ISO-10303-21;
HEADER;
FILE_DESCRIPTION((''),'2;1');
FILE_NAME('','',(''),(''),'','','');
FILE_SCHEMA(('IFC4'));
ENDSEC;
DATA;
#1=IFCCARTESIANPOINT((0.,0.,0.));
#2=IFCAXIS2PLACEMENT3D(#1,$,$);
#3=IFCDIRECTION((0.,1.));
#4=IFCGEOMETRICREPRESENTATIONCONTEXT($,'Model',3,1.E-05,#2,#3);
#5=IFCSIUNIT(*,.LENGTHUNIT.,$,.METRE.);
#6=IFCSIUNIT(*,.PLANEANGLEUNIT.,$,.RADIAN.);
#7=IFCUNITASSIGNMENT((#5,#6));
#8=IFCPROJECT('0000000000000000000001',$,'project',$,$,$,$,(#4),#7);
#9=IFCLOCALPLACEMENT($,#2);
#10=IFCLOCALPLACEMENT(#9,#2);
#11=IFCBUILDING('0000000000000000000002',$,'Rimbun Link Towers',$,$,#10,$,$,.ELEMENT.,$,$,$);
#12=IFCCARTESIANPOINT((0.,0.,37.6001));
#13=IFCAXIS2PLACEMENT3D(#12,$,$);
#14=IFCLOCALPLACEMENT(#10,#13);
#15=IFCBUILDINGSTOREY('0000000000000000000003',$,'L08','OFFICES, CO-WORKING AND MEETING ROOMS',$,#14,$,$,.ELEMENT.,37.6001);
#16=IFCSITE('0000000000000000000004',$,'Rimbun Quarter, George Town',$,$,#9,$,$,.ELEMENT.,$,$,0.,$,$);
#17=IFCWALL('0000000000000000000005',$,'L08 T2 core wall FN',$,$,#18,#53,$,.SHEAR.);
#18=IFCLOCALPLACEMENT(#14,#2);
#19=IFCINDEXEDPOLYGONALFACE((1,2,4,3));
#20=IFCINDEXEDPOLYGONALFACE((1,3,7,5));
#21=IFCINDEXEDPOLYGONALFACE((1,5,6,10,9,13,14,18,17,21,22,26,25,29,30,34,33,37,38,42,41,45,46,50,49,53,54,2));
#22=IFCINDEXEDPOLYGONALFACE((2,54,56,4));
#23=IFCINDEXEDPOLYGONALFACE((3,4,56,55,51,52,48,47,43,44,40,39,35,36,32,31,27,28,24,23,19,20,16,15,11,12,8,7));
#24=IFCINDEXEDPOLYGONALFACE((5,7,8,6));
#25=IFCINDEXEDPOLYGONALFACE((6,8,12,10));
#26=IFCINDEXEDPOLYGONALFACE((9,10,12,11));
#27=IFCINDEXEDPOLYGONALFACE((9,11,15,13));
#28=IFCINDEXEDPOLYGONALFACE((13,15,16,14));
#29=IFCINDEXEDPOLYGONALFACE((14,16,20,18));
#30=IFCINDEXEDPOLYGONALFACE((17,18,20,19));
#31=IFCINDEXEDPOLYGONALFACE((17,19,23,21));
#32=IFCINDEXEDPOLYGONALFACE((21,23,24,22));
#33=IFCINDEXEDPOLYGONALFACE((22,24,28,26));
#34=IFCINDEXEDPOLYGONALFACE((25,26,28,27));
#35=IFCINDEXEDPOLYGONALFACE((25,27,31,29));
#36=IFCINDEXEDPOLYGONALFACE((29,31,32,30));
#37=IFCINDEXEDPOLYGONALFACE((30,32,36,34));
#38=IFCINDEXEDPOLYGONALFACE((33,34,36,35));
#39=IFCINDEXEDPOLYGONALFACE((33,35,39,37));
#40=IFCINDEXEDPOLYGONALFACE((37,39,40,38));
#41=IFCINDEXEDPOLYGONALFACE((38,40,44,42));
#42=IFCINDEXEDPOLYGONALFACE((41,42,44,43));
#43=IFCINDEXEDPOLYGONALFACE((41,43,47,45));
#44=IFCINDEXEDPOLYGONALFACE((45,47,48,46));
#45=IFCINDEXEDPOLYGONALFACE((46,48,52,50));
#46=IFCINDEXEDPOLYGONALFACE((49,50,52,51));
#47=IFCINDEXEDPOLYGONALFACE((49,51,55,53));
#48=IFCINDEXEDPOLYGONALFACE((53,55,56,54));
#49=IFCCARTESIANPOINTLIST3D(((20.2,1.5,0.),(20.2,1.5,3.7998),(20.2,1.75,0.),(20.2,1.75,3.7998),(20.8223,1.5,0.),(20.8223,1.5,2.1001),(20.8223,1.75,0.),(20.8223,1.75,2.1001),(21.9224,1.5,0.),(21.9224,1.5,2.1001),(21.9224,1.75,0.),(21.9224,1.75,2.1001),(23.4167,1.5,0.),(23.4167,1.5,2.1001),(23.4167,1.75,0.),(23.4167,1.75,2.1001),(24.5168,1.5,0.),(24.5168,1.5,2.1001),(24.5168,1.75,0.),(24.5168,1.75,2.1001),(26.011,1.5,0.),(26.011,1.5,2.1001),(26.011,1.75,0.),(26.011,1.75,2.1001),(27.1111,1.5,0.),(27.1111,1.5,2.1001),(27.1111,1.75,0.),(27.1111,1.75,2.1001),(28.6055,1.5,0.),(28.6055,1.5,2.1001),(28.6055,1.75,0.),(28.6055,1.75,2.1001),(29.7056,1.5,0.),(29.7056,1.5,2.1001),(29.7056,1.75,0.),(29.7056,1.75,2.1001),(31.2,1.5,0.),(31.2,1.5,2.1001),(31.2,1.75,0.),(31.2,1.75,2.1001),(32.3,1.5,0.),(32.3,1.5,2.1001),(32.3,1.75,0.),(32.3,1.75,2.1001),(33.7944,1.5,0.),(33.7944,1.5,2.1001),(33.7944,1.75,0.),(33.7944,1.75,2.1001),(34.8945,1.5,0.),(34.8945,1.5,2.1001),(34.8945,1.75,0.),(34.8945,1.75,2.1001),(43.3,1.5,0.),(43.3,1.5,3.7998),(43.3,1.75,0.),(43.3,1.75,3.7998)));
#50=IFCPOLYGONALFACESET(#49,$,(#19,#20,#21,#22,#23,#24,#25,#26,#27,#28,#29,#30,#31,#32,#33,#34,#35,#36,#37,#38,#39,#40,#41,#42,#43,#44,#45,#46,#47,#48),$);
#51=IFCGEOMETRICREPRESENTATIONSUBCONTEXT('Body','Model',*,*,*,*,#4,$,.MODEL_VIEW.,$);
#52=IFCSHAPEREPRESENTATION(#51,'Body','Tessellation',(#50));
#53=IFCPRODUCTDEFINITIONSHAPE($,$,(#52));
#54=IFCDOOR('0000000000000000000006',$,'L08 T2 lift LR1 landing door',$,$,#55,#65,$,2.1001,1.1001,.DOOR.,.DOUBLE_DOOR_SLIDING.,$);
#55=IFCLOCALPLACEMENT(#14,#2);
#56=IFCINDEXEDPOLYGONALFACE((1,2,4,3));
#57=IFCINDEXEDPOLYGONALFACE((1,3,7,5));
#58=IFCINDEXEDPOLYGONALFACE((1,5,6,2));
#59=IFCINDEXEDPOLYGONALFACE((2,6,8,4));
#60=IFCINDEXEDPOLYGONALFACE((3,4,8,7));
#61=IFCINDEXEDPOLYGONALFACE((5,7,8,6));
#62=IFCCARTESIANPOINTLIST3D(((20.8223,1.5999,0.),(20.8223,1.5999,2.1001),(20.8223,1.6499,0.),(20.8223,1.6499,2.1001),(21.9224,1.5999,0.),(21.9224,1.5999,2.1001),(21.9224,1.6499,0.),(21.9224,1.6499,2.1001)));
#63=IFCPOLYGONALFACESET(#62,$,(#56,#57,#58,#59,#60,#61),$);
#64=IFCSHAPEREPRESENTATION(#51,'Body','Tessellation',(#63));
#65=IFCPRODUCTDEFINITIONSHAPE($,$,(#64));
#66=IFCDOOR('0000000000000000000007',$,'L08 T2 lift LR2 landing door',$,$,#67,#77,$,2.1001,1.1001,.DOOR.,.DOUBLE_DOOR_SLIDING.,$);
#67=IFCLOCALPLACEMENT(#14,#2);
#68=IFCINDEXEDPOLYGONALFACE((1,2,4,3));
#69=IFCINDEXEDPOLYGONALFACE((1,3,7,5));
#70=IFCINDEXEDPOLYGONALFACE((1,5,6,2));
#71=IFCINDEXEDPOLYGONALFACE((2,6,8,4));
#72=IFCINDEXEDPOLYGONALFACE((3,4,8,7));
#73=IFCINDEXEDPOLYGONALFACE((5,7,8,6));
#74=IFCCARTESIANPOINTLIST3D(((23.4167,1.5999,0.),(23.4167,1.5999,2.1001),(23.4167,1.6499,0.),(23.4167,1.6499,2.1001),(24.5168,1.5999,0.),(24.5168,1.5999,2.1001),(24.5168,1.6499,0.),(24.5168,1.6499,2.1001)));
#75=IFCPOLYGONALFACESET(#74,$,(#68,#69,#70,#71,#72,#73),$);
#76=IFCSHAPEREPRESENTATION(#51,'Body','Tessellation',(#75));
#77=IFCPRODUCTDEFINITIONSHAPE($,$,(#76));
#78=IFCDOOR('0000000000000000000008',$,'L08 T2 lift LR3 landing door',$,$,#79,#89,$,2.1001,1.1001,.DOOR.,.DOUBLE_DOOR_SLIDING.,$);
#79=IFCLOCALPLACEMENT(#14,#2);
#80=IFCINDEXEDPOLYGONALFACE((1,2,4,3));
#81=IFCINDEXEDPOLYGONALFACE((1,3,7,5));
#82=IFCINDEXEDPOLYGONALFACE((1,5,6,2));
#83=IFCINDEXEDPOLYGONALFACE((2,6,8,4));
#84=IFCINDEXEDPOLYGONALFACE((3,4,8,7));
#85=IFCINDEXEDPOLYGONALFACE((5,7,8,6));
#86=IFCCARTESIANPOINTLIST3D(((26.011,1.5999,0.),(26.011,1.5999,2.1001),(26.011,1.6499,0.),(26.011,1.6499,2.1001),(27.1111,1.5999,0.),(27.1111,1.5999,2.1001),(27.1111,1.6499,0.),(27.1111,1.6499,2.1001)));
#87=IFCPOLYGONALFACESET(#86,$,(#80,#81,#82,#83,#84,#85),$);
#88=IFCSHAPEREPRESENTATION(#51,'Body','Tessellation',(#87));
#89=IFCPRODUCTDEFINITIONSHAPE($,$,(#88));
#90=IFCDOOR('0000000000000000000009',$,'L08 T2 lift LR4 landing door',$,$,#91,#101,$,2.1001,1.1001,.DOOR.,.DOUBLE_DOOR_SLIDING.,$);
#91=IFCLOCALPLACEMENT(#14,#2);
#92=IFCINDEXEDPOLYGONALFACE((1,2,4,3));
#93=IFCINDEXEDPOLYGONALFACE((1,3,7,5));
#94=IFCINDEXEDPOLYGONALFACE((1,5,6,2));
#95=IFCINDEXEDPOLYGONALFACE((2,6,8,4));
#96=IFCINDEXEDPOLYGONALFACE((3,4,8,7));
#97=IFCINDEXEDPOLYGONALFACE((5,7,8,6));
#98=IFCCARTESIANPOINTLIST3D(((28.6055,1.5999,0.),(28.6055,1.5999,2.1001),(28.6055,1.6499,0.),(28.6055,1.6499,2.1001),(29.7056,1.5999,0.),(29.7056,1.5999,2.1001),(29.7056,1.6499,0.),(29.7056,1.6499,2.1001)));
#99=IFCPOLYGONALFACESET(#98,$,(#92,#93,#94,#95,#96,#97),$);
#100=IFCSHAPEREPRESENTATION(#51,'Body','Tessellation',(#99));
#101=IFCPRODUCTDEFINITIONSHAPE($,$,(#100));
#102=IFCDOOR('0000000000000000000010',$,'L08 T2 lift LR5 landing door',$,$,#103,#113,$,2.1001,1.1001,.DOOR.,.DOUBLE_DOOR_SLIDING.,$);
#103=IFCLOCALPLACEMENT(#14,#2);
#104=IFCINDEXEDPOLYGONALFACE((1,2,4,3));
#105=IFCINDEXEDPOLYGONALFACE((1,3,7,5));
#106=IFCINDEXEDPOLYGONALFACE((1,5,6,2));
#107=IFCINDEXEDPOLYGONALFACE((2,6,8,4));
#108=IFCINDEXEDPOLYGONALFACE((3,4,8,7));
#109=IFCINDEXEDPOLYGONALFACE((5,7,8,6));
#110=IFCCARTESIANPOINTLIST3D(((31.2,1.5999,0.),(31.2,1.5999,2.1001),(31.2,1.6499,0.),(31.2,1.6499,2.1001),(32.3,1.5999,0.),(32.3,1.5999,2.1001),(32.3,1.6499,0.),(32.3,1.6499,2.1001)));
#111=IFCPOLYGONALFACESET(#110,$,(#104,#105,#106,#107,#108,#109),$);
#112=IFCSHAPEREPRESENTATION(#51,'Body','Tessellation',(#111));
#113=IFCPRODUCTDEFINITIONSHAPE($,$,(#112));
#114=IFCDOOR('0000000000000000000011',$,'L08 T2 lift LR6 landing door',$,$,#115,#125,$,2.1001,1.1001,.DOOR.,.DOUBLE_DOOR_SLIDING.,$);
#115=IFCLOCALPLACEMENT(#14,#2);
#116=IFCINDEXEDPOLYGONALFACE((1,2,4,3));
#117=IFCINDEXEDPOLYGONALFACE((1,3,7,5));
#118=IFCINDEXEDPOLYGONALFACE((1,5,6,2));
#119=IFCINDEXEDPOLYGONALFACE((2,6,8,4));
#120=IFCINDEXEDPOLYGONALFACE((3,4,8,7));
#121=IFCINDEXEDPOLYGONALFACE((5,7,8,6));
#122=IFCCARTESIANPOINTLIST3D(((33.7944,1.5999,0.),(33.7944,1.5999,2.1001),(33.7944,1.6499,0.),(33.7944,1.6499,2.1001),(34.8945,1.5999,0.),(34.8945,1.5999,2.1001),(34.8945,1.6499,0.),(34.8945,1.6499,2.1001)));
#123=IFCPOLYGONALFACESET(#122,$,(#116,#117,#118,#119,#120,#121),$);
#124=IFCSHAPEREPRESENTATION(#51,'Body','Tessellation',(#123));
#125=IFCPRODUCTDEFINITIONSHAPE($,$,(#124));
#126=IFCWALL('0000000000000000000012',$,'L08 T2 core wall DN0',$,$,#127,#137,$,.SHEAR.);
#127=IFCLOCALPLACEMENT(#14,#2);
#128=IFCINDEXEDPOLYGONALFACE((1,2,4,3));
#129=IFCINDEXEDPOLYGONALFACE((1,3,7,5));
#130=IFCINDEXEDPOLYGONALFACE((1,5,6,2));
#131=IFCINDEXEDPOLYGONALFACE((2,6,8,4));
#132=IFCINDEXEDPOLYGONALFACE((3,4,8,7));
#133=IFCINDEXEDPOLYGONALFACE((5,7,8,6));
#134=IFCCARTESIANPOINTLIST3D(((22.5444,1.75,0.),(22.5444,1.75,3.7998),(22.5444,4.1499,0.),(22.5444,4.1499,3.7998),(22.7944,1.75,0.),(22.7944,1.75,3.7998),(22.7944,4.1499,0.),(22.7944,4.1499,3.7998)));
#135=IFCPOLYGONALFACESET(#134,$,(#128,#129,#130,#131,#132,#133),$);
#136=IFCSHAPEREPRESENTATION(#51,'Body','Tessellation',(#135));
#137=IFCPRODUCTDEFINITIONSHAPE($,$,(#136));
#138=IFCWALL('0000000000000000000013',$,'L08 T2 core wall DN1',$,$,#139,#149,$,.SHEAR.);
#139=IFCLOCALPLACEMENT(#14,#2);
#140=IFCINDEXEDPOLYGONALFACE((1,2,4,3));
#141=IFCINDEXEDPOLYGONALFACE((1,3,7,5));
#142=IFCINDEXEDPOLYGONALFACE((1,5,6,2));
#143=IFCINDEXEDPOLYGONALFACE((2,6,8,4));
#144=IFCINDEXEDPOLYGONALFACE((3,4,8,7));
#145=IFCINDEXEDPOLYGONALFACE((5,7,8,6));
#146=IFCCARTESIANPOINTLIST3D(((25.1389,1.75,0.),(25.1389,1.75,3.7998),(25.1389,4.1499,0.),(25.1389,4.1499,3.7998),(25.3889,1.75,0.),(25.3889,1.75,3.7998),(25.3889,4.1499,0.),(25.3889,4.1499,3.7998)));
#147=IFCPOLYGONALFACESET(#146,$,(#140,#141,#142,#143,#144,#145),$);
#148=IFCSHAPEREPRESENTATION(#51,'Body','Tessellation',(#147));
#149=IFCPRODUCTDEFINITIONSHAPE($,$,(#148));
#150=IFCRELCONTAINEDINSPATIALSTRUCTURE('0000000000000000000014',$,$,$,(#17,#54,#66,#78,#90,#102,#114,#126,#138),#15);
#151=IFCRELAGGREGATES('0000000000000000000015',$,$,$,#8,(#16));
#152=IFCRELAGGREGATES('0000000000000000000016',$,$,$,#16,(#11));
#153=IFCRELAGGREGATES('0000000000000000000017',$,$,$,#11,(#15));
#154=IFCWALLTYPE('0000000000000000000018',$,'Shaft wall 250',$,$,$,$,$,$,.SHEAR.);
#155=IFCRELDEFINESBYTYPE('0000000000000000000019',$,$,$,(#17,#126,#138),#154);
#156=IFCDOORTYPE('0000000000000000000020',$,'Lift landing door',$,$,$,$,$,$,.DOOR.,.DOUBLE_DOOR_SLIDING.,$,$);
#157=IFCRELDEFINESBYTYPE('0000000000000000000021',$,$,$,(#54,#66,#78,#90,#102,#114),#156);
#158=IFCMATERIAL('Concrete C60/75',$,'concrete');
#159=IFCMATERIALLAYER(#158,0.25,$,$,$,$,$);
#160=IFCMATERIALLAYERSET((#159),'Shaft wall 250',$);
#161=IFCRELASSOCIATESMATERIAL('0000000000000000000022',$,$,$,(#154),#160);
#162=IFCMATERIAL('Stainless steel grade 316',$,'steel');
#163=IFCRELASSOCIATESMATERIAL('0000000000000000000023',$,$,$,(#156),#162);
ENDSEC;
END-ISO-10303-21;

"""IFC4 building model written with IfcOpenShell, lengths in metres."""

from ifc_helpers import new_model, si_unit, direction, frame, frame_2d, origin, place, context, subcontext, project, spatial, rectangle, extrude, material, layer, layer_set, type_object, element, fill, save


model = new_model("IFC4")

# Units and contexts
model_context = context("Model", 3, precision=1e-05, world=origin(), true_north=direction((0.0, 1.0)))
body_context = subcontext(model_context, "Body", "Model", "MODEL_VIEW")
ifc_project = project(units=[si_unit("LENGTHUNIT", "METRE"), si_unit("PLANEANGLEUNIT", "RADIAN")], contexts=[model_context])

# Site, building, storey
site_placement = place(None, origin())
site = spatial("IfcSite", under=ifc_project, at=site_placement, Name="Rimbun Quarter, George Town", CompositionType="ELEMENT", RefElevation=0.0)
building_placement = place(site_placement, origin())
building = spatial("IfcBuilding", under=site, at=building_placement, Name="Rimbun Link Towers", CompositionType="ELEMENT")
storey_placement = place(building_placement, frame((0.0, 0.0, 37.6001)))
storey = spatial("IfcBuildingStorey", under=building, at=storey_placement, Name="L08", Description="OFFICES, CO-WORKING AND MEETING ROOMS", CompositionType="ELEMENT", Elevation=37.6001)

# Shared definitions
ifc_material_1 = material(Name="Concrete C60/75", Category="concrete")
ifc_layer = layer(ifc_material_1, 0.25)
ifc_layer_set = layer_set([ifc_layer], Name="Shaft wall 250")
wall_type = type_object("IfcWallType", Name="Shaft wall 250", PredefinedType="SHEAR", material=ifc_layer_set)

# Wall, openings, doors
wall_1_placement = place(storey_placement, frame((20.2, 1.625, 0.0), z_axis=(0.0, 0.0, 1.0), x_axis=(1.0, 0.0, 0.0)))
wall_1 = element("IfcWall", 1, at=wall_1_placement, inside=storey, type_object=wall_type, Name="L08 T2 core wall FN", PredefinedType="SHEAR", context=body_context, shape_type="SweptSolid", body=[
    extrude(rectangle(XDim=23.1001, YDim=0.25, at=frame_2d((11.55, 0.0))), origin(), (0.0, 0.0, 1.0), 3.7998),
])
opening_1_placement = place(wall_1_placement, frame((0.6223, 0.0, 0.0)))
opening_1 = element("IfcOpeningElement", 2, at=opening_1_placement, cuts=wall_1, PredefinedType="OPENING", context=body_context, shape_type="SweptSolid", body=[
    extrude(rectangle(XDim=1.1001, YDim=2.1001, at=frame_2d((0.55, 1.05))), frame((0.0, 0.135, 0.0), z_axis=(0.0, -1.0, 0.0), x_axis=(1.0, 0.0, 0.0)), (0.0, 0.0, 1.0), 0.27),
])
opening_2_placement = place(wall_1_placement, frame((3.2168, 0.0, 0.0)))
opening_2 = element("IfcOpeningElement", 3, at=opening_2_placement, cuts=wall_1, PredefinedType="OPENING", context=body_context, shape_type="SweptSolid", body=[
    extrude(rectangle(XDim=1.1001, YDim=2.1001, at=frame_2d((0.55, 1.05))), frame((0.0, 0.135, 0.0), z_axis=(0.0, -1.0, 0.0), x_axis=(1.0, 0.0, 0.0)), (0.0, 0.0, 1.0), 0.27),
])
opening_3_placement = place(wall_1_placement, frame((5.811, 0.0, 0.0)))
opening_3 = element("IfcOpeningElement", 4, at=opening_3_placement, cuts=wall_1, PredefinedType="OPENING", context=body_context, shape_type="SweptSolid", body=[
    extrude(rectangle(XDim=1.1001, YDim=2.1001, at=frame_2d((0.55, 1.05))), frame((0.0, 0.135, 0.0), z_axis=(0.0, -1.0, 0.0), x_axis=(1.0, 0.0, 0.0)), (0.0, 0.0, 1.0), 0.27),
])
opening_4_placement = place(wall_1_placement, frame((8.4055, 0.0, 0.0)))
opening_4 = element("IfcOpeningElement", 5, at=opening_4_placement, cuts=wall_1, PredefinedType="OPENING", context=body_context, shape_type="SweptSolid", body=[
    extrude(rectangle(XDim=1.1001, YDim=2.1001, at=frame_2d((0.55, 1.05))), frame((0.0, 0.135, 0.0), z_axis=(0.0, -1.0, 0.0), x_axis=(1.0, 0.0, 0.0)), (0.0, 0.0, 1.0), 0.27),
])
opening_5_placement = place(wall_1_placement, frame((11.0, 0.0, 0.0)))
opening_5 = element("IfcOpeningElement", 6, at=opening_5_placement, cuts=wall_1, PredefinedType="OPENING", context=body_context, shape_type="SweptSolid", body=[
    extrude(rectangle(XDim=1.1001, YDim=2.1001, at=frame_2d((0.55, 1.05))), frame((0.0, 0.135, 0.0), z_axis=(0.0, -1.0, 0.0), x_axis=(1.0, 0.0, 0.0)), (0.0, 0.0, 1.0), 0.27),
])
opening_6_placement = place(wall_1_placement, frame((13.5945, 0.0, 0.0)))
opening_6 = element("IfcOpeningElement", 7, at=opening_6_placement, cuts=wall_1, PredefinedType="OPENING", context=body_context, shape_type="SweptSolid", body=[
    extrude(rectangle(XDim=1.1001, YDim=2.1001, at=frame_2d((0.55, 1.05))), frame((0.0, 0.135, 0.0), z_axis=(0.0, -1.0, 0.0), x_axis=(1.0, 0.0, 0.0)), (0.0, 0.0, 1.0), 0.27),
])
ifc_material_2 = material(Name="Stainless steel grade 316", Category="steel")
door_type = type_object("IfcDoorType", Name="Lift landing door", OperationType="DOUBLE_DOOR_SLIDING", PredefinedType="DOOR", material=ifc_material_2)
door_1_placement = place(opening_1_placement, origin())
door_1 = element("IfcDoor", 8, at=door_1_placement, inside=storey, type_object=door_type, Name="L08 T2 lift LR1 landing door", OperationType="DOUBLE_DOOR_SLIDING", OverallHeight=2.1001, OverallWidth=1.1001, PredefinedType="DOOR", context=body_context, shape_type="SweptSolid", body=[
    extrude(rectangle(XDim=1.1001, YDim=2.1001, at=frame_2d((0.55, 1.05))), frame((0.0, 0.0249, 0.0), z_axis=(0.0, -1.0, 0.0), x_axis=(1.0, 0.0, 0.0)), (0.0, 0.0, 1.0), 0.05),
])
fill(opening_1, door_1)
door_2_placement = place(opening_2_placement, origin())
door_2 = element("IfcDoor", 9, at=door_2_placement, inside=storey, type_object=door_type, Name="L08 T2 lift LR2 landing door", OperationType="DOUBLE_DOOR_SLIDING", OverallHeight=2.1001, OverallWidth=1.1001, PredefinedType="DOOR", context=body_context, shape_type="SweptSolid", body=[
    extrude(rectangle(XDim=1.1001, YDim=2.1001, at=frame_2d((0.55, 1.05))), frame((0.0, 0.0249, 0.0), z_axis=(0.0, -1.0, 0.0), x_axis=(1.0, 0.0, 0.0)), (0.0, 0.0, 1.0), 0.05),
])
fill(opening_2, door_2)
door_3_placement = place(opening_3_placement, origin())
door_3 = element("IfcDoor", 10, at=door_3_placement, inside=storey, type_object=door_type, Name="L08 T2 lift LR3 landing door", OperationType="DOUBLE_DOOR_SLIDING", OverallHeight=2.1001, OverallWidth=1.1001, PredefinedType="DOOR", context=body_context, shape_type="SweptSolid", body=[
    extrude(rectangle(XDim=1.1001, YDim=2.1001, at=frame_2d((0.55, 1.05))), frame((0.0, 0.0249, 0.0), z_axis=(0.0, -1.0, 0.0), x_axis=(1.0, 0.0, 0.0)), (0.0, 0.0, 1.0), 0.05),
])
fill(opening_3, door_3)
door_4_placement = place(opening_4_placement, origin())
door_4 = element("IfcDoor", 11, at=door_4_placement, inside=storey, type_object=door_type, Name="L08 T2 lift LR4 landing door", OperationType="DOUBLE_DOOR_SLIDING", OverallHeight=2.1001, OverallWidth=1.1001, PredefinedType="DOOR", context=body_context, shape_type="SweptSolid", body=[
    extrude(rectangle(XDim=1.1001, YDim=2.1001, at=frame_2d((0.55, 1.05))), frame((0.0, 0.0249, 0.0), z_axis=(0.0, -1.0, 0.0), x_axis=(1.0, 0.0, 0.0)), (0.0, 0.0, 1.0), 0.05),
])
fill(opening_4, door_4)
door_5_placement = place(opening_5_placement, origin())
door_5 = element("IfcDoor", 12, at=door_5_placement, inside=storey, type_object=door_type, Name="L08 T2 lift LR5 landing door", OperationType="DOUBLE_DOOR_SLIDING", OverallHeight=2.1001, OverallWidth=1.1001, PredefinedType="DOOR", context=body_context, shape_type="SweptSolid", body=[
    extrude(rectangle(XDim=1.1001, YDim=2.1001, at=frame_2d((0.55, 1.05))), frame((0.0, 0.0249, 0.0), z_axis=(0.0, -1.0, 0.0), x_axis=(1.0, 0.0, 0.0)), (0.0, 0.0, 1.0), 0.05),
])
fill(opening_5, door_5)
door_6_placement = place(opening_6_placement, origin())
door_6 = element("IfcDoor", 13, at=door_6_placement, inside=storey, type_object=door_type, Name="L08 T2 lift LR6 landing door", OperationType="DOUBLE_DOOR_SLIDING", OverallHeight=2.1001, OverallWidth=1.1001, PredefinedType="DOOR", context=body_context, shape_type="SweptSolid", body=[
    extrude(rectangle(XDim=1.1001, YDim=2.1001, at=frame_2d((0.55, 1.05))), frame((0.0, 0.0249, 0.0), z_axis=(0.0, -1.0, 0.0), x_axis=(1.0, 0.0, 0.0)), (0.0, 0.0, 1.0), 0.05),
])
fill(opening_6, door_6)

# Walls
for number, where, z_axis, x_axis, name in (
    (14, (22.6694, 1.75, 0.0), (0.0, 0.0, 1.0), (0.0, 1.0, 0.0), "L08 T2 core wall DN0"),
    (15, (25.2639, 1.75, 0.0), (0.0, 0.0, 1.0), (0.0, 1.0, 0.0), "L08 T2 core wall DN1"),
):
    element("IfcWall", number, at=place(storey_placement, frame(where, z_axis=z_axis, x_axis=x_axis)), inside=storey, type_object=wall_type, Name=name, PredefinedType="SHEAR", context=body_context, shape_type="SweptSolid", body=[
        extrude(rectangle(XDim=2.3999, YDim=0.25, at=frame_2d((1.2, 0.0))), origin(), (0.0, 0.0, 1.0), 3.7998),
    ])

save(model, "model.ifc")
